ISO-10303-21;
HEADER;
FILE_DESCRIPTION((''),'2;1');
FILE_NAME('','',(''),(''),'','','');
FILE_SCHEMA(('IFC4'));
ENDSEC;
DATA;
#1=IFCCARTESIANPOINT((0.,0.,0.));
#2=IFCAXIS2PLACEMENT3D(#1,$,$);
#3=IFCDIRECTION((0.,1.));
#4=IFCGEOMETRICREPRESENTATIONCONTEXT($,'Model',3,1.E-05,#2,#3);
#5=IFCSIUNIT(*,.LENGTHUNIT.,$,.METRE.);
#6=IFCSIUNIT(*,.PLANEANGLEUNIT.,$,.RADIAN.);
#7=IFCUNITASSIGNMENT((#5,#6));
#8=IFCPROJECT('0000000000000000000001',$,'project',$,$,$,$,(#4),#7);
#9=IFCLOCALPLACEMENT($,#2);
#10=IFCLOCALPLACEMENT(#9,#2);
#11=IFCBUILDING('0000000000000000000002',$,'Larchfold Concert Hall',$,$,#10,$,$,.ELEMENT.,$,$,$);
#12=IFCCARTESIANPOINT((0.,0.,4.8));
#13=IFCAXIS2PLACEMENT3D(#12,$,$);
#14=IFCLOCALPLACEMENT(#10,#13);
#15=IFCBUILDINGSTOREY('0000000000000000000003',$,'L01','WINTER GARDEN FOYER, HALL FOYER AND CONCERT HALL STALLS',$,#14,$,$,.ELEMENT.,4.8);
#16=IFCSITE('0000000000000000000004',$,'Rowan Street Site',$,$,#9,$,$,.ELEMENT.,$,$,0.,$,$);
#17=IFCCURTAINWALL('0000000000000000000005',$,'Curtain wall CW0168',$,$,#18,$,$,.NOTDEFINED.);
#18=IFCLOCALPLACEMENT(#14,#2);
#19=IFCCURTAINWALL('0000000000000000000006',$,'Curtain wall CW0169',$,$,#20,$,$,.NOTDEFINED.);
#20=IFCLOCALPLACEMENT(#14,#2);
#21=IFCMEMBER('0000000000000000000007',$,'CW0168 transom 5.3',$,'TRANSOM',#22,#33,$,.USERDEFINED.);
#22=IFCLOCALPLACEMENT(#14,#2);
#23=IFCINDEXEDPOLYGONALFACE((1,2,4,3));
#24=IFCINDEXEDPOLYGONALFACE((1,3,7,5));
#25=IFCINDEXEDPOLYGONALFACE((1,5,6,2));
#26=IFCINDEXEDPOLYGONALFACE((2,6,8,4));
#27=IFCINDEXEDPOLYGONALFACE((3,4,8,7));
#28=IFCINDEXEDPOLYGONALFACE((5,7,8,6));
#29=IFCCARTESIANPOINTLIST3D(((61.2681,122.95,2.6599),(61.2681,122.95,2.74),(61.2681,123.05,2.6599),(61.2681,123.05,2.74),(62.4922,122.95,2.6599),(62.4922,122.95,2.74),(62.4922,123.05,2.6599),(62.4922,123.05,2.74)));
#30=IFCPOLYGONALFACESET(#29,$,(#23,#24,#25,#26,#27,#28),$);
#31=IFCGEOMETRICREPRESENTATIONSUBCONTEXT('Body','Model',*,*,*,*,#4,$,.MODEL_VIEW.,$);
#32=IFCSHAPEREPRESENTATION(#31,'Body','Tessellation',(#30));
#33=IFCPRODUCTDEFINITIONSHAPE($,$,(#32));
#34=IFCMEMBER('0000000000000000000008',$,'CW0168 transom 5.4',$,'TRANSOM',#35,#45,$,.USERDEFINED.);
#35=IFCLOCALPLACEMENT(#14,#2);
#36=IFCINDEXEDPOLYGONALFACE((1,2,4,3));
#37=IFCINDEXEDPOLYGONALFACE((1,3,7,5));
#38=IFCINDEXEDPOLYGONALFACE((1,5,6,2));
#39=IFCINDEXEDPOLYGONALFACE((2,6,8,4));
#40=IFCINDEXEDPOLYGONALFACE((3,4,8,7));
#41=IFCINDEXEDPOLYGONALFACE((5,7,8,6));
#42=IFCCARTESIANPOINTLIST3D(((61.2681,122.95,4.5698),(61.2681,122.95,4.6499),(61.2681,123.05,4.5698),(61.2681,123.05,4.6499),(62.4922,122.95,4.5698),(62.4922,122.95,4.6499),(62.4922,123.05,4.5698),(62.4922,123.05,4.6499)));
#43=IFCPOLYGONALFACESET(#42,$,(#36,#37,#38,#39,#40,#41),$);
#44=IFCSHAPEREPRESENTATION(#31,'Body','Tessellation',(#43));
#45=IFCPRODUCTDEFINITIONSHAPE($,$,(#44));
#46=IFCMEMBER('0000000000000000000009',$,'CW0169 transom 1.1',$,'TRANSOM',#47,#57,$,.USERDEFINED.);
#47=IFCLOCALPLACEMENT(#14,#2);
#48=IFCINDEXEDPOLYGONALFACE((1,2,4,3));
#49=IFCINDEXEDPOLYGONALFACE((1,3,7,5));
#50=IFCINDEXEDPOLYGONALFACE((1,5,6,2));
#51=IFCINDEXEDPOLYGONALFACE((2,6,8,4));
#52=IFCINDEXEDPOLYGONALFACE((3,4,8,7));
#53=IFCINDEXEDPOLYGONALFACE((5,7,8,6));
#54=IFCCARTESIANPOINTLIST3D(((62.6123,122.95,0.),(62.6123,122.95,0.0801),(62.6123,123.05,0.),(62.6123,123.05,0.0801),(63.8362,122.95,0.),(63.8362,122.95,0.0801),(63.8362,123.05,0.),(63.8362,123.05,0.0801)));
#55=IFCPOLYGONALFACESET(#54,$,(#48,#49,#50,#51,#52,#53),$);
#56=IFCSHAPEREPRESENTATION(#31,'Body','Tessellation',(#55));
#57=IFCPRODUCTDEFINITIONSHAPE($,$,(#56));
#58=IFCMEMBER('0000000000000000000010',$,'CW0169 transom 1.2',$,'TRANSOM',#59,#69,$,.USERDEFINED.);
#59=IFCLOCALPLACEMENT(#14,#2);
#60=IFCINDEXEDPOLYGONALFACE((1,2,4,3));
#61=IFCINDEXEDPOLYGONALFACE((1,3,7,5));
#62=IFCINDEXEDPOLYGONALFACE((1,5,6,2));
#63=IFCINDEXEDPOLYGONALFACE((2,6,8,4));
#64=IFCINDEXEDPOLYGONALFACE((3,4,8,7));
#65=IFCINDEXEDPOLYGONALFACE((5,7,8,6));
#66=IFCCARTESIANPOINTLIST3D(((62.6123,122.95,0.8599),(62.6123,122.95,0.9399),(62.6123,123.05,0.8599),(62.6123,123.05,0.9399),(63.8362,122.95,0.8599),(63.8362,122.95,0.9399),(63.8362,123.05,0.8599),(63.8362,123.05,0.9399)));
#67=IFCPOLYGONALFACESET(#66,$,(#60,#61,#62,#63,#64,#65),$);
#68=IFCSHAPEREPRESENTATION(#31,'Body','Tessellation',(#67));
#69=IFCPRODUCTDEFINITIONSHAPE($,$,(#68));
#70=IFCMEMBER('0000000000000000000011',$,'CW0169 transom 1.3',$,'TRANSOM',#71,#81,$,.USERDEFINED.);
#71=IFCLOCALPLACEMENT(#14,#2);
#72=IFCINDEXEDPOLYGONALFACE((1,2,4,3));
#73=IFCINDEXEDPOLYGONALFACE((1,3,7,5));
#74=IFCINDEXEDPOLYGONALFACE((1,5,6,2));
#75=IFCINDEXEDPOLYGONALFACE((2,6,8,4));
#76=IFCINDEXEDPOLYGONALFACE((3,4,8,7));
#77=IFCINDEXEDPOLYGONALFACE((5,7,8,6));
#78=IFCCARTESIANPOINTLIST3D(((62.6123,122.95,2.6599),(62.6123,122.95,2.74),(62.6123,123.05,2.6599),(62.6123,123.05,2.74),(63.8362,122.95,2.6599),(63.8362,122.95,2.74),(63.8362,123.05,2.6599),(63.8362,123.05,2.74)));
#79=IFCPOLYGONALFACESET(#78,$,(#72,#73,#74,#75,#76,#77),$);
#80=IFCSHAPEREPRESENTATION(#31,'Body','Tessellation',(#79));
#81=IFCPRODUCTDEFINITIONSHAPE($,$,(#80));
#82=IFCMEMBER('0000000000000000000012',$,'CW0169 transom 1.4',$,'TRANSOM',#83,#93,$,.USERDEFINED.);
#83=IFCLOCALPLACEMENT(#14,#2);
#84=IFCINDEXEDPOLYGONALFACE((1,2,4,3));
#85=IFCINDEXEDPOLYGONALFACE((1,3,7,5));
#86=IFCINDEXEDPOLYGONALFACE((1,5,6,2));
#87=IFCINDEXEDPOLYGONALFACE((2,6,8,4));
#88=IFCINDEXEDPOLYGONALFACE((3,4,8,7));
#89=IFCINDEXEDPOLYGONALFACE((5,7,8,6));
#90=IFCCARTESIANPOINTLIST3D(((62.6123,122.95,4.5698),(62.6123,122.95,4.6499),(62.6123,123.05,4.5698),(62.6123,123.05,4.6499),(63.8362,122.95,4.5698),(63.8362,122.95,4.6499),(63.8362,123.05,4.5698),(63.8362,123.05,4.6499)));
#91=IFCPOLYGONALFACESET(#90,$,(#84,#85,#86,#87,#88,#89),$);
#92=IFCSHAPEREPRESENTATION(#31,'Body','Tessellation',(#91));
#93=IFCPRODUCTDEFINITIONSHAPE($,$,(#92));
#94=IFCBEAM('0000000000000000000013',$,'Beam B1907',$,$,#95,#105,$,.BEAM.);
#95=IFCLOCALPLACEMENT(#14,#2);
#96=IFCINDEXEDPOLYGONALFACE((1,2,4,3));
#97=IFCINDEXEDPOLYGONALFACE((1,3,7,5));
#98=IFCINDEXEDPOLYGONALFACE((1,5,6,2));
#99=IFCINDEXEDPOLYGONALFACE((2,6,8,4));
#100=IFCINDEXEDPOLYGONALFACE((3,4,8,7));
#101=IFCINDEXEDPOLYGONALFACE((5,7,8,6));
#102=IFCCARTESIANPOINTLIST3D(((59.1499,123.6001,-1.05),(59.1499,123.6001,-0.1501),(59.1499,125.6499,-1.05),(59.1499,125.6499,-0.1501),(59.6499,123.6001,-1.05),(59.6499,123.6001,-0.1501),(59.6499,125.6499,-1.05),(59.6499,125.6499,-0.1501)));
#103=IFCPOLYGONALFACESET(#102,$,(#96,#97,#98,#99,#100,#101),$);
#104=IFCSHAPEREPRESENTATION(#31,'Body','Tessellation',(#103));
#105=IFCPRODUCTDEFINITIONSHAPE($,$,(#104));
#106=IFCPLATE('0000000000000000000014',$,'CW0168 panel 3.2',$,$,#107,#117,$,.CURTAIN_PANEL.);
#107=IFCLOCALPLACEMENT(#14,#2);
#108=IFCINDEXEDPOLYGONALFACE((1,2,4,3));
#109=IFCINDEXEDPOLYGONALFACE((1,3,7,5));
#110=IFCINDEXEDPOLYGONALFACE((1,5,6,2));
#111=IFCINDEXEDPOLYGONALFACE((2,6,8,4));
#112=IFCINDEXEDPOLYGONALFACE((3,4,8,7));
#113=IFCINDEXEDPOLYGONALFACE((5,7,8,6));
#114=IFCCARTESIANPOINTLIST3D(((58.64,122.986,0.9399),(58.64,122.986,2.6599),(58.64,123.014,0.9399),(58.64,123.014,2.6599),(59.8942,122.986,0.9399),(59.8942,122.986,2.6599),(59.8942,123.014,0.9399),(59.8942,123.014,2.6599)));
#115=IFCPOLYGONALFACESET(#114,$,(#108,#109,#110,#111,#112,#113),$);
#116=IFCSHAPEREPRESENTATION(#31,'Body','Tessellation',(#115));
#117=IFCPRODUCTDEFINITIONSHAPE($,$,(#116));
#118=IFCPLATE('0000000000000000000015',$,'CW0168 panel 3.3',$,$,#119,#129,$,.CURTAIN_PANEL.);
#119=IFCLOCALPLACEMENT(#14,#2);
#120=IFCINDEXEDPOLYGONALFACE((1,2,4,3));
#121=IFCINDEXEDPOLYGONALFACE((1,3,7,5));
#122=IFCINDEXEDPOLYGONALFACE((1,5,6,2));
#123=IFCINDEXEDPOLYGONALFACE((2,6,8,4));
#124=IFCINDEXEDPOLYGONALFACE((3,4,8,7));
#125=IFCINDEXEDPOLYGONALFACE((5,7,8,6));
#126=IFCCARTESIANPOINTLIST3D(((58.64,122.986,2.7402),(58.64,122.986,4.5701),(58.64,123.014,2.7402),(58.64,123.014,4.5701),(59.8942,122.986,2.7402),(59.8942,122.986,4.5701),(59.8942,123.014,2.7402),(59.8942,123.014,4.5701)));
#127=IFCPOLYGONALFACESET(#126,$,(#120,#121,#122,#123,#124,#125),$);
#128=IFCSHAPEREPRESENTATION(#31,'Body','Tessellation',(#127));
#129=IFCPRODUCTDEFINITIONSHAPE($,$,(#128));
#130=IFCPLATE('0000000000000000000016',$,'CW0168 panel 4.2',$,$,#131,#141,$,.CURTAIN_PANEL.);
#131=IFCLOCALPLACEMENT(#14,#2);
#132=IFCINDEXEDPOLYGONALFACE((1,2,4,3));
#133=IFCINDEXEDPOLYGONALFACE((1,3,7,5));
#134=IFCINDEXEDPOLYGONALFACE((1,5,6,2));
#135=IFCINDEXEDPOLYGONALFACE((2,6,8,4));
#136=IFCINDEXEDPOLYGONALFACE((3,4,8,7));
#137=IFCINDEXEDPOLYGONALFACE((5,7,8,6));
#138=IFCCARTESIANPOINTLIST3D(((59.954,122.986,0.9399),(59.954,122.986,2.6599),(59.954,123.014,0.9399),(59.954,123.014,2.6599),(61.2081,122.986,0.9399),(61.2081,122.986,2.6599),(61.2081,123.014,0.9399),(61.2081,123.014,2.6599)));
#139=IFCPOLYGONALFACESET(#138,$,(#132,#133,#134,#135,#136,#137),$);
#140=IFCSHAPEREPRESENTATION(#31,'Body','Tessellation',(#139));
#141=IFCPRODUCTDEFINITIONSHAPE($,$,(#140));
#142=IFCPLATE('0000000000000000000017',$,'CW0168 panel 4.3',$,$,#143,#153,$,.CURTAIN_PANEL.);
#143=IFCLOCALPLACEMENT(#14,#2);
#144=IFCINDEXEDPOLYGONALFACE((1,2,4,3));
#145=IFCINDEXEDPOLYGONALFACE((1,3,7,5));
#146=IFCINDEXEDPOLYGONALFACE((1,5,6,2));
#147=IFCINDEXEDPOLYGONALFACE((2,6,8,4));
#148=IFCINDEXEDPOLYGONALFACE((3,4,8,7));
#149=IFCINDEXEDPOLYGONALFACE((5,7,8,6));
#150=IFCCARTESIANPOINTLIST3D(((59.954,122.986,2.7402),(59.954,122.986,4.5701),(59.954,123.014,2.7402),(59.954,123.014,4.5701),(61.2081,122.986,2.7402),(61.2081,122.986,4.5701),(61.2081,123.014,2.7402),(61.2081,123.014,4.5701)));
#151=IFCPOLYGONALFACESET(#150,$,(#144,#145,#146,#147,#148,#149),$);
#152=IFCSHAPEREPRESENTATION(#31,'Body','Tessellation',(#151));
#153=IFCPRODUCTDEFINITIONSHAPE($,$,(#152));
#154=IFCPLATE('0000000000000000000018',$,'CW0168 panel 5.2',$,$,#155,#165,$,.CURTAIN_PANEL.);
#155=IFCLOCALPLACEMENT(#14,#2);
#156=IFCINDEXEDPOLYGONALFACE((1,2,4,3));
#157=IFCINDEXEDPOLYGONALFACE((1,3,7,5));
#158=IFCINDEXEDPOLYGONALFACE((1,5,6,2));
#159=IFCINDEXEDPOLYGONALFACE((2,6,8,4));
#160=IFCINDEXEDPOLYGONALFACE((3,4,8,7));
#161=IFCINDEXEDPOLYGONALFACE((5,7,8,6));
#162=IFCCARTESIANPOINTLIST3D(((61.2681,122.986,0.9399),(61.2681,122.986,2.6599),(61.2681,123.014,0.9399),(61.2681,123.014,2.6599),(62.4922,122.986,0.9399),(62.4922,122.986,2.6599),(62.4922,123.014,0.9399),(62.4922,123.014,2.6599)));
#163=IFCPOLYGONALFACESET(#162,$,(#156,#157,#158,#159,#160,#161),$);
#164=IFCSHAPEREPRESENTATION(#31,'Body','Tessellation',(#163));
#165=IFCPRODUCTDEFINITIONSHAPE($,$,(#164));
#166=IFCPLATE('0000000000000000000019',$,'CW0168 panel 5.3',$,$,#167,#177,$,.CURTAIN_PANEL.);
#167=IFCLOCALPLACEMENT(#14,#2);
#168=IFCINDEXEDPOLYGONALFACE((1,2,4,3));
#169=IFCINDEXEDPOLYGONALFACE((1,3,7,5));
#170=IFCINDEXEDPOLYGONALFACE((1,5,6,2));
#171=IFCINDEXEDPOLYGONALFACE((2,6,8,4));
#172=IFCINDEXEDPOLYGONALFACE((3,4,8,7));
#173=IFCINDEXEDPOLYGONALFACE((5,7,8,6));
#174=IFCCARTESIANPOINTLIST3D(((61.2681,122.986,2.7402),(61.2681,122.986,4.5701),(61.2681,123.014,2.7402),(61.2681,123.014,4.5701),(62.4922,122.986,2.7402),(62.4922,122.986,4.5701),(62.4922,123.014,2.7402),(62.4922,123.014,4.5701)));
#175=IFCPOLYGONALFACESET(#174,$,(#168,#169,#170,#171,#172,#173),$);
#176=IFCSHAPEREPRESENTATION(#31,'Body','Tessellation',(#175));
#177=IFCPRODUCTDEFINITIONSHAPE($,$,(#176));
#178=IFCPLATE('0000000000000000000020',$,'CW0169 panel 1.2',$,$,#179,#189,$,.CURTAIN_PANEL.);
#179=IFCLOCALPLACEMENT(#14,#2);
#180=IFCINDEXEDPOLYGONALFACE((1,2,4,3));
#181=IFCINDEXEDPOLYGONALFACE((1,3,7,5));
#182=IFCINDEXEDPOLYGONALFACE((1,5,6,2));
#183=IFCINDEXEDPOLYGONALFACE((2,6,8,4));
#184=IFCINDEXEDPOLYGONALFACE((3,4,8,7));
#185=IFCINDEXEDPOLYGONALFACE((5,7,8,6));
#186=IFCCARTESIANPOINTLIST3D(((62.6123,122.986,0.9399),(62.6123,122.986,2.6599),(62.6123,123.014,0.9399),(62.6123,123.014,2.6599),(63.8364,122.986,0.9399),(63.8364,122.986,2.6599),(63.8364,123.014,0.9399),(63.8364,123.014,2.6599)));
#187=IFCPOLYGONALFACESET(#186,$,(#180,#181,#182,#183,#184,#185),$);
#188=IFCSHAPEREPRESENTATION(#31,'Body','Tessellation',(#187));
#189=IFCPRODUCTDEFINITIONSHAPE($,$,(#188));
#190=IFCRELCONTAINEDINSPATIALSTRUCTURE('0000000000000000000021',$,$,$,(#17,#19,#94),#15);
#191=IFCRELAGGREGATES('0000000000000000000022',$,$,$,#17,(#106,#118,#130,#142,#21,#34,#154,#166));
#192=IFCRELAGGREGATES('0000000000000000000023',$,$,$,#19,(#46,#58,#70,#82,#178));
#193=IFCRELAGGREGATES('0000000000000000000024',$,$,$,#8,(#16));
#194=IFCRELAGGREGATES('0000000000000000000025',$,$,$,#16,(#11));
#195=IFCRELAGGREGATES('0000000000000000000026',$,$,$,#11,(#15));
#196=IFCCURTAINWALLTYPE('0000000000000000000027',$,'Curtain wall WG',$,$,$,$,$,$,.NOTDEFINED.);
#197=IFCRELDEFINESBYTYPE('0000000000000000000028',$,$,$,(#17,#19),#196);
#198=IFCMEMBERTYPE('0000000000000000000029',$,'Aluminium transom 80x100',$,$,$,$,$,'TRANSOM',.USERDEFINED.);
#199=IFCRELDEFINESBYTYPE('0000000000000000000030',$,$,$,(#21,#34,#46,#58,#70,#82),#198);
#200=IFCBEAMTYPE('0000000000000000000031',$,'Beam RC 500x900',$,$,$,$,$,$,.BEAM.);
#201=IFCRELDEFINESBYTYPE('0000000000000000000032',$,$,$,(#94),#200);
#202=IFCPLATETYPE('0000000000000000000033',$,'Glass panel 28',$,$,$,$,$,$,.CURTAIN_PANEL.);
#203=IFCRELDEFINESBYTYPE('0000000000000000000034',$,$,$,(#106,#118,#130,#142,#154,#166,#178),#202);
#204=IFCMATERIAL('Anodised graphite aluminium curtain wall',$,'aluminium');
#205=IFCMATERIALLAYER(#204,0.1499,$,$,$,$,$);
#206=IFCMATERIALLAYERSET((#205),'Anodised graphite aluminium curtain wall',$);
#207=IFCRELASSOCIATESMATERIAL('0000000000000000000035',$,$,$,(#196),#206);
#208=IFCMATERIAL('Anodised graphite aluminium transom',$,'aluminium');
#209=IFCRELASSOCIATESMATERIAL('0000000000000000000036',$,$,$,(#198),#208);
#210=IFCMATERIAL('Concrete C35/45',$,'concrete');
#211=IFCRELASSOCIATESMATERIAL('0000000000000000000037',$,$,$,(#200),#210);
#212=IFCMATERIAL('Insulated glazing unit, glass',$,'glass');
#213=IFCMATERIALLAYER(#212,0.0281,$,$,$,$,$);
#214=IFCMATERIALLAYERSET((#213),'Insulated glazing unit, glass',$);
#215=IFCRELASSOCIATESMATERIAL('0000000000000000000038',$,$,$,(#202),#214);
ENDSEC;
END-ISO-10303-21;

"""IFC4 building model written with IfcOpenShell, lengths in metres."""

from ifc_helpers import new_model, si_unit, direction, frame, origin, origin_2d, place, context, subcontext, project, spatial, rectangle, extrude, material, layer, layer_set, material_profile, profile_set, type_object, element, aggregate, save


model = new_model("IFC4")

# Units and contexts
model_context = context("Model", 3, precision=1e-05, world=origin(), true_north=direction((0.0, 1.0)))
body_context = subcontext(model_context, "Body", "Model", "MODEL_VIEW")
ifc_project = project(units=[si_unit("LENGTHUNIT", "METRE"), si_unit("PLANEANGLEUNIT", "RADIAN")], contexts=[model_context])

# Site, building, storey
site_placement = place(None, origin())
site = spatial("IfcSite", under=ifc_project, at=site_placement, Name="Rowan Street Site", CompositionType="ELEMENT", RefElevation=0.0)
building_placement = place(site_placement, origin())
building = spatial("IfcBuilding", under=site, at=building_placement, Name="Larchfold Concert Hall", CompositionType="ELEMENT")
storey_placement = place(building_placement, frame((0.0, 0.0, 4.8)))
storey = spatial("IfcBuildingStorey", under=building, at=storey_placement, Name="L01", Description="WINTER GARDEN FOYER, HALL FOYER AND CONCERT HALL STALLS", CompositionType="ELEMENT", Elevation=4.8)

# Curtain wall
ifc_material_1 = material(Name="Anodised graphite aluminium curtain wall", Category="aluminium")
ifc_layer_1 = layer(ifc_material_1, 0.1499)
ifc_layer_set_1 = layer_set([ifc_layer_1], Name="Anodised graphite aluminium curtain wall")
curtain_wall_type = type_object("IfcCurtainWallType", Name="Curtain wall WG", PredefinedType="NOTDEFINED", material=ifc_layer_set_1)
curtain_wall_1_placement = place(storey_placement, origin())
curtain_wall_1 = element("IfcCurtainWall", 1, at=curtain_wall_1_placement, inside=storey, type_object=curtain_wall_type, Name="Curtain wall CW0168", PredefinedType="NOTDEFINED")

# Curtain wall
curtain_wall_2_placement = place(storey_placement, origin())
curtain_wall_2 = element("IfcCurtainWall", 2, at=curtain_wall_2_placement, inside=storey, type_object=curtain_wall_type, Name="Curtain wall CW0169", PredefinedType="NOTDEFINED")

# Members
ifc_material_2 = material(Name="Anodised graphite aluminium transom", Category="aluminium")
ifc_material_profile_1 = material_profile(ifc_material_2, rectangle(XDim=0.1001, YDim=0.0801, at=origin_2d()))
ifc_profile_set_1 = profile_set([ifc_material_profile_1], Name="Anodised graphite aluminium transom")
member_type_1 = type_object("IfcMemberType", Name="Aluminium transom 80x100", ElementType="TRANSOM", PredefinedType="USERDEFINED", material=ifc_profile_set_1)
member_1_placement = place(storey_placement, frame((61.2681, 123.0, 2.7), z_axis=(1.0, 0.0, 0.0), x_axis=(0.0, 1.0, 0.0)))
member_1 = element("IfcMember", 3, at=member_1_placement, type_object=member_type_1, Name="CW0168 transom 5.3", ObjectType="TRANSOM", PredefinedType="USERDEFINED", context=body_context, shape_type="SweptSolid", body=[
    extrude(rectangle(XDim=0.1001, YDim=0.0801, at=origin_2d()), origin(), (0.0, 0.0, 1.0), 1.2241),
])
member_2_placement = place(storey_placement, frame((61.2681, 123.0, 4.6099), z_axis=(1.0, 0.0, 0.0), x_axis=(0.0, 1.0, 0.0)))
member_2 = element("IfcMember", 4, at=member_2_placement, type_object=member_type_1, Name="CW0168 transom 5.4", ObjectType="TRANSOM", PredefinedType="USERDEFINED", context=body_context, shape_type="SweptSolid", body=[
    extrude(rectangle(XDim=0.1001, YDim=0.0801, at=origin_2d()), origin(), (0.0, 0.0, 1.0), 1.2241),
])
member_3_placement = place(storey_placement, frame((62.6123, 123.0, 0.04), z_axis=(1.0, 0.0, 0.0), x_axis=(0.0, 1.0, 0.0)))
member_3 = element("IfcMember", 5, at=member_3_placement, type_object=member_type_1, Name="CW0169 transom 1.1", ObjectType="TRANSOM", PredefinedType="USERDEFINED", context=body_context, shape_type="SweptSolid", body=[
    extrude(rectangle(XDim=0.1001, YDim=0.0801, at=origin_2d()), origin(), (0.0, 0.0, 1.0), 1.2239),
])
member_4_placement = place(storey_placement, frame((62.6123, 123.0, 0.8999), z_axis=(1.0, 0.0, 0.0), x_axis=(0.0, 1.0, 0.0)))
member_4 = element("IfcMember", 6, at=member_4_placement, type_object=member_type_1, Name="CW0169 transom 1.2", ObjectType="TRANSOM", PredefinedType="USERDEFINED", context=body_context, shape_type="SweptSolid", body=[
    extrude(rectangle(XDim=0.1001, YDim=0.0801, at=origin_2d()), origin(), (0.0, 0.0, 1.0), 1.2239),
])
member_5_placement = place(storey_placement, frame((62.6123, 123.0, 2.7), z_axis=(1.0, 0.0, 0.0), x_axis=(0.0, 1.0, 0.0)))
member_5 = element("IfcMember", 7, at=member_5_placement, type_object=member_type_1, Name="CW0169 transom 1.3", ObjectType="TRANSOM", PredefinedType="USERDEFINED", context=body_context, shape_type="SweptSolid", body=[
    extrude(rectangle(XDim=0.1001, YDim=0.0801, at=origin_2d()), origin(), (0.0, 0.0, 1.0), 1.2239),
])
member_6_placement = place(storey_placement, frame((62.6123, 123.0, 4.6099), z_axis=(1.0, 0.0, 0.0), x_axis=(0.0, 1.0, 0.0)))
member_6 = element("IfcMember", 8, at=member_6_placement, type_object=member_type_1, Name="CW0169 transom 1.4", ObjectType="TRANSOM", PredefinedType="USERDEFINED", context=body_context, shape_type="SweptSolid", body=[
    extrude(rectangle(XDim=0.1001, YDim=0.0801, at=origin_2d()), origin(), (0.0, 0.0, 1.0), 1.2239),
])

# Beam
ifc_material_3 = material(Name="Concrete C35/45", Category="concrete")
ifc_material_profile_2 = material_profile(ifc_material_3, rectangle(XDim=0.5, YDim=0.8999, at=origin_2d()))
ifc_profile_set_2 = profile_set([ifc_material_profile_2], Name="Concrete C35/45")
beam_type = type_object("IfcBeamType", Name="Beam RC 500x900", PredefinedType="BEAM", material=ifc_profile_set_2)
beam_placement = place(storey_placement, frame((59.3999, 123.6001, -0.6001), z_axis=(0.0, 1.0, 0.0), x_axis=(-1.0, 0.0, 0.0)))
element("IfcBeam", 9, at=beam_placement, inside=storey, type_object=beam_type, Name="Beam B1907", PredefinedType="BEAM", context=body_context, shape_type="SweptSolid", body=[
    extrude(rectangle(XDim=0.5, YDim=0.8999, at=origin_2d()), origin(), (0.0, 0.0, 1.0), 2.0498),
])

# Plates
ifc_material_4 = material(Name="Insulated glazing unit, glass", Category="glass")
ifc_layer_2 = layer(ifc_material_4, 0.0281)
ifc_layer_set_2 = layer_set([ifc_layer_2], Name="Insulated glazing unit, glass")
plate_type_1 = type_object("IfcPlateType", Name="Glass panel 28", PredefinedType="CURTAIN_PANEL", material=ifc_layer_set_2)
plate_1_placement = place(storey_placement, frame((59.2671, 123.0, 0.9399), z_axis=(0.0, 0.0, 1.0), x_axis=(1.0, 0.0, 0.0)))
plate_1 = element("IfcPlate", 10, at=plate_1_placement, type_object=plate_type_1, Name="CW0168 panel 3.2", PredefinedType="CURTAIN_PANEL", context=body_context, shape_type="SweptSolid", body=[
    extrude(rectangle(XDim=1.2542, YDim=0.0281, at=origin_2d()), origin(), (0.0, 0.0, 1.0), 1.72),
])
plate_2_placement = place(storey_placement, frame((59.2671, 123.0, 2.7402), z_axis=(0.0, 0.0, 1.0), x_axis=(1.0, 0.0, 0.0)))
plate_2 = element("IfcPlate", 11, at=plate_2_placement, type_object=plate_type_1, Name="CW0168 panel 3.3", PredefinedType="CURTAIN_PANEL", context=body_context, shape_type="SweptSolid", body=[
    extrude(rectangle(XDim=1.2542, YDim=0.0281, at=origin_2d()), origin(), (0.0, 0.0, 1.0), 1.8298),
])
plate_3_placement = place(storey_placement, frame((60.5811, 123.0, 0.9399), z_axis=(0.0, 0.0, 1.0), x_axis=(1.0, 0.0, 0.0)))
plate_3 = element("IfcPlate", 12, at=plate_3_placement, type_object=plate_type_1, Name="CW0168 panel 4.2", PredefinedType="CURTAIN_PANEL", context=body_context, shape_type="SweptSolid", body=[
    extrude(rectangle(XDim=1.2542, YDim=0.0281, at=origin_2d()), origin(), (0.0, 0.0, 1.0), 1.72),
])
plate_4_placement = place(storey_placement, frame((60.5811, 123.0, 2.7402), z_axis=(0.0, 0.0, 1.0), x_axis=(1.0, 0.0, 0.0)))
plate_4 = element("IfcPlate", 13, at=plate_4_placement, type_object=plate_type_1, Name="CW0168 panel 4.3", PredefinedType="CURTAIN_PANEL", context=body_context, shape_type="SweptSolid", body=[
    extrude(rectangle(XDim=1.2542, YDim=0.0281, at=origin_2d()), origin(), (0.0, 0.0, 1.0), 1.8298),
])
plate_5_placement = place(storey_placement, frame((61.8801, 123.0, 0.9399), z_axis=(0.0, 0.0, 1.0), x_axis=(1.0, 0.0, 0.0)))
plate_5 = element("IfcPlate", 14, at=plate_5_placement, type_object=plate_type_1, Name="CW0168 panel 5.2", PredefinedType="CURTAIN_PANEL", context=body_context, shape_type="SweptSolid", body=[
    extrude(rectangle(XDim=1.2241, YDim=0.0281, at=origin_2d()), origin(), (0.0, 0.0, 1.0), 1.72),
])
plate_6_placement = place(storey_placement, frame((61.8801, 123.0, 2.7402), z_axis=(0.0, 0.0, 1.0), x_axis=(1.0, 0.0, 0.0)))
plate_6 = element("IfcPlate", 15, at=plate_6_placement, type_object=plate_type_1, Name="CW0168 panel 5.3", PredefinedType="CURTAIN_PANEL", context=body_context, shape_type="SweptSolid", body=[
    extrude(rectangle(XDim=1.2241, YDim=0.0281, at=origin_2d()), origin(), (0.0, 0.0, 1.0), 1.8298),
])
plate_7_placement = place(storey_placement, frame((63.2244, 123.0, 0.9399), z_axis=(0.0, 0.0, 1.0), x_axis=(1.0, 0.0, 0.0)))
plate_7 = element("IfcPlate", 16, at=plate_7_placement, type_object=plate_type_1, Name="CW0169 panel 1.2", PredefinedType="CURTAIN_PANEL", context=body_context, shape_type="SweptSolid", body=[
    extrude(rectangle(XDim=1.2241, YDim=0.0281, at=origin_2d()), origin(), (0.0, 0.0, 1.0), 1.72),
])
aggregate(curtain_wall_1, [plate_1, plate_2, plate_3, plate_4, member_1, member_2, plate_5, plate_6])
aggregate(curtain_wall_2, [member_3, member_4, member_5, member_6, plate_7])

save(model, "model.ifc")
